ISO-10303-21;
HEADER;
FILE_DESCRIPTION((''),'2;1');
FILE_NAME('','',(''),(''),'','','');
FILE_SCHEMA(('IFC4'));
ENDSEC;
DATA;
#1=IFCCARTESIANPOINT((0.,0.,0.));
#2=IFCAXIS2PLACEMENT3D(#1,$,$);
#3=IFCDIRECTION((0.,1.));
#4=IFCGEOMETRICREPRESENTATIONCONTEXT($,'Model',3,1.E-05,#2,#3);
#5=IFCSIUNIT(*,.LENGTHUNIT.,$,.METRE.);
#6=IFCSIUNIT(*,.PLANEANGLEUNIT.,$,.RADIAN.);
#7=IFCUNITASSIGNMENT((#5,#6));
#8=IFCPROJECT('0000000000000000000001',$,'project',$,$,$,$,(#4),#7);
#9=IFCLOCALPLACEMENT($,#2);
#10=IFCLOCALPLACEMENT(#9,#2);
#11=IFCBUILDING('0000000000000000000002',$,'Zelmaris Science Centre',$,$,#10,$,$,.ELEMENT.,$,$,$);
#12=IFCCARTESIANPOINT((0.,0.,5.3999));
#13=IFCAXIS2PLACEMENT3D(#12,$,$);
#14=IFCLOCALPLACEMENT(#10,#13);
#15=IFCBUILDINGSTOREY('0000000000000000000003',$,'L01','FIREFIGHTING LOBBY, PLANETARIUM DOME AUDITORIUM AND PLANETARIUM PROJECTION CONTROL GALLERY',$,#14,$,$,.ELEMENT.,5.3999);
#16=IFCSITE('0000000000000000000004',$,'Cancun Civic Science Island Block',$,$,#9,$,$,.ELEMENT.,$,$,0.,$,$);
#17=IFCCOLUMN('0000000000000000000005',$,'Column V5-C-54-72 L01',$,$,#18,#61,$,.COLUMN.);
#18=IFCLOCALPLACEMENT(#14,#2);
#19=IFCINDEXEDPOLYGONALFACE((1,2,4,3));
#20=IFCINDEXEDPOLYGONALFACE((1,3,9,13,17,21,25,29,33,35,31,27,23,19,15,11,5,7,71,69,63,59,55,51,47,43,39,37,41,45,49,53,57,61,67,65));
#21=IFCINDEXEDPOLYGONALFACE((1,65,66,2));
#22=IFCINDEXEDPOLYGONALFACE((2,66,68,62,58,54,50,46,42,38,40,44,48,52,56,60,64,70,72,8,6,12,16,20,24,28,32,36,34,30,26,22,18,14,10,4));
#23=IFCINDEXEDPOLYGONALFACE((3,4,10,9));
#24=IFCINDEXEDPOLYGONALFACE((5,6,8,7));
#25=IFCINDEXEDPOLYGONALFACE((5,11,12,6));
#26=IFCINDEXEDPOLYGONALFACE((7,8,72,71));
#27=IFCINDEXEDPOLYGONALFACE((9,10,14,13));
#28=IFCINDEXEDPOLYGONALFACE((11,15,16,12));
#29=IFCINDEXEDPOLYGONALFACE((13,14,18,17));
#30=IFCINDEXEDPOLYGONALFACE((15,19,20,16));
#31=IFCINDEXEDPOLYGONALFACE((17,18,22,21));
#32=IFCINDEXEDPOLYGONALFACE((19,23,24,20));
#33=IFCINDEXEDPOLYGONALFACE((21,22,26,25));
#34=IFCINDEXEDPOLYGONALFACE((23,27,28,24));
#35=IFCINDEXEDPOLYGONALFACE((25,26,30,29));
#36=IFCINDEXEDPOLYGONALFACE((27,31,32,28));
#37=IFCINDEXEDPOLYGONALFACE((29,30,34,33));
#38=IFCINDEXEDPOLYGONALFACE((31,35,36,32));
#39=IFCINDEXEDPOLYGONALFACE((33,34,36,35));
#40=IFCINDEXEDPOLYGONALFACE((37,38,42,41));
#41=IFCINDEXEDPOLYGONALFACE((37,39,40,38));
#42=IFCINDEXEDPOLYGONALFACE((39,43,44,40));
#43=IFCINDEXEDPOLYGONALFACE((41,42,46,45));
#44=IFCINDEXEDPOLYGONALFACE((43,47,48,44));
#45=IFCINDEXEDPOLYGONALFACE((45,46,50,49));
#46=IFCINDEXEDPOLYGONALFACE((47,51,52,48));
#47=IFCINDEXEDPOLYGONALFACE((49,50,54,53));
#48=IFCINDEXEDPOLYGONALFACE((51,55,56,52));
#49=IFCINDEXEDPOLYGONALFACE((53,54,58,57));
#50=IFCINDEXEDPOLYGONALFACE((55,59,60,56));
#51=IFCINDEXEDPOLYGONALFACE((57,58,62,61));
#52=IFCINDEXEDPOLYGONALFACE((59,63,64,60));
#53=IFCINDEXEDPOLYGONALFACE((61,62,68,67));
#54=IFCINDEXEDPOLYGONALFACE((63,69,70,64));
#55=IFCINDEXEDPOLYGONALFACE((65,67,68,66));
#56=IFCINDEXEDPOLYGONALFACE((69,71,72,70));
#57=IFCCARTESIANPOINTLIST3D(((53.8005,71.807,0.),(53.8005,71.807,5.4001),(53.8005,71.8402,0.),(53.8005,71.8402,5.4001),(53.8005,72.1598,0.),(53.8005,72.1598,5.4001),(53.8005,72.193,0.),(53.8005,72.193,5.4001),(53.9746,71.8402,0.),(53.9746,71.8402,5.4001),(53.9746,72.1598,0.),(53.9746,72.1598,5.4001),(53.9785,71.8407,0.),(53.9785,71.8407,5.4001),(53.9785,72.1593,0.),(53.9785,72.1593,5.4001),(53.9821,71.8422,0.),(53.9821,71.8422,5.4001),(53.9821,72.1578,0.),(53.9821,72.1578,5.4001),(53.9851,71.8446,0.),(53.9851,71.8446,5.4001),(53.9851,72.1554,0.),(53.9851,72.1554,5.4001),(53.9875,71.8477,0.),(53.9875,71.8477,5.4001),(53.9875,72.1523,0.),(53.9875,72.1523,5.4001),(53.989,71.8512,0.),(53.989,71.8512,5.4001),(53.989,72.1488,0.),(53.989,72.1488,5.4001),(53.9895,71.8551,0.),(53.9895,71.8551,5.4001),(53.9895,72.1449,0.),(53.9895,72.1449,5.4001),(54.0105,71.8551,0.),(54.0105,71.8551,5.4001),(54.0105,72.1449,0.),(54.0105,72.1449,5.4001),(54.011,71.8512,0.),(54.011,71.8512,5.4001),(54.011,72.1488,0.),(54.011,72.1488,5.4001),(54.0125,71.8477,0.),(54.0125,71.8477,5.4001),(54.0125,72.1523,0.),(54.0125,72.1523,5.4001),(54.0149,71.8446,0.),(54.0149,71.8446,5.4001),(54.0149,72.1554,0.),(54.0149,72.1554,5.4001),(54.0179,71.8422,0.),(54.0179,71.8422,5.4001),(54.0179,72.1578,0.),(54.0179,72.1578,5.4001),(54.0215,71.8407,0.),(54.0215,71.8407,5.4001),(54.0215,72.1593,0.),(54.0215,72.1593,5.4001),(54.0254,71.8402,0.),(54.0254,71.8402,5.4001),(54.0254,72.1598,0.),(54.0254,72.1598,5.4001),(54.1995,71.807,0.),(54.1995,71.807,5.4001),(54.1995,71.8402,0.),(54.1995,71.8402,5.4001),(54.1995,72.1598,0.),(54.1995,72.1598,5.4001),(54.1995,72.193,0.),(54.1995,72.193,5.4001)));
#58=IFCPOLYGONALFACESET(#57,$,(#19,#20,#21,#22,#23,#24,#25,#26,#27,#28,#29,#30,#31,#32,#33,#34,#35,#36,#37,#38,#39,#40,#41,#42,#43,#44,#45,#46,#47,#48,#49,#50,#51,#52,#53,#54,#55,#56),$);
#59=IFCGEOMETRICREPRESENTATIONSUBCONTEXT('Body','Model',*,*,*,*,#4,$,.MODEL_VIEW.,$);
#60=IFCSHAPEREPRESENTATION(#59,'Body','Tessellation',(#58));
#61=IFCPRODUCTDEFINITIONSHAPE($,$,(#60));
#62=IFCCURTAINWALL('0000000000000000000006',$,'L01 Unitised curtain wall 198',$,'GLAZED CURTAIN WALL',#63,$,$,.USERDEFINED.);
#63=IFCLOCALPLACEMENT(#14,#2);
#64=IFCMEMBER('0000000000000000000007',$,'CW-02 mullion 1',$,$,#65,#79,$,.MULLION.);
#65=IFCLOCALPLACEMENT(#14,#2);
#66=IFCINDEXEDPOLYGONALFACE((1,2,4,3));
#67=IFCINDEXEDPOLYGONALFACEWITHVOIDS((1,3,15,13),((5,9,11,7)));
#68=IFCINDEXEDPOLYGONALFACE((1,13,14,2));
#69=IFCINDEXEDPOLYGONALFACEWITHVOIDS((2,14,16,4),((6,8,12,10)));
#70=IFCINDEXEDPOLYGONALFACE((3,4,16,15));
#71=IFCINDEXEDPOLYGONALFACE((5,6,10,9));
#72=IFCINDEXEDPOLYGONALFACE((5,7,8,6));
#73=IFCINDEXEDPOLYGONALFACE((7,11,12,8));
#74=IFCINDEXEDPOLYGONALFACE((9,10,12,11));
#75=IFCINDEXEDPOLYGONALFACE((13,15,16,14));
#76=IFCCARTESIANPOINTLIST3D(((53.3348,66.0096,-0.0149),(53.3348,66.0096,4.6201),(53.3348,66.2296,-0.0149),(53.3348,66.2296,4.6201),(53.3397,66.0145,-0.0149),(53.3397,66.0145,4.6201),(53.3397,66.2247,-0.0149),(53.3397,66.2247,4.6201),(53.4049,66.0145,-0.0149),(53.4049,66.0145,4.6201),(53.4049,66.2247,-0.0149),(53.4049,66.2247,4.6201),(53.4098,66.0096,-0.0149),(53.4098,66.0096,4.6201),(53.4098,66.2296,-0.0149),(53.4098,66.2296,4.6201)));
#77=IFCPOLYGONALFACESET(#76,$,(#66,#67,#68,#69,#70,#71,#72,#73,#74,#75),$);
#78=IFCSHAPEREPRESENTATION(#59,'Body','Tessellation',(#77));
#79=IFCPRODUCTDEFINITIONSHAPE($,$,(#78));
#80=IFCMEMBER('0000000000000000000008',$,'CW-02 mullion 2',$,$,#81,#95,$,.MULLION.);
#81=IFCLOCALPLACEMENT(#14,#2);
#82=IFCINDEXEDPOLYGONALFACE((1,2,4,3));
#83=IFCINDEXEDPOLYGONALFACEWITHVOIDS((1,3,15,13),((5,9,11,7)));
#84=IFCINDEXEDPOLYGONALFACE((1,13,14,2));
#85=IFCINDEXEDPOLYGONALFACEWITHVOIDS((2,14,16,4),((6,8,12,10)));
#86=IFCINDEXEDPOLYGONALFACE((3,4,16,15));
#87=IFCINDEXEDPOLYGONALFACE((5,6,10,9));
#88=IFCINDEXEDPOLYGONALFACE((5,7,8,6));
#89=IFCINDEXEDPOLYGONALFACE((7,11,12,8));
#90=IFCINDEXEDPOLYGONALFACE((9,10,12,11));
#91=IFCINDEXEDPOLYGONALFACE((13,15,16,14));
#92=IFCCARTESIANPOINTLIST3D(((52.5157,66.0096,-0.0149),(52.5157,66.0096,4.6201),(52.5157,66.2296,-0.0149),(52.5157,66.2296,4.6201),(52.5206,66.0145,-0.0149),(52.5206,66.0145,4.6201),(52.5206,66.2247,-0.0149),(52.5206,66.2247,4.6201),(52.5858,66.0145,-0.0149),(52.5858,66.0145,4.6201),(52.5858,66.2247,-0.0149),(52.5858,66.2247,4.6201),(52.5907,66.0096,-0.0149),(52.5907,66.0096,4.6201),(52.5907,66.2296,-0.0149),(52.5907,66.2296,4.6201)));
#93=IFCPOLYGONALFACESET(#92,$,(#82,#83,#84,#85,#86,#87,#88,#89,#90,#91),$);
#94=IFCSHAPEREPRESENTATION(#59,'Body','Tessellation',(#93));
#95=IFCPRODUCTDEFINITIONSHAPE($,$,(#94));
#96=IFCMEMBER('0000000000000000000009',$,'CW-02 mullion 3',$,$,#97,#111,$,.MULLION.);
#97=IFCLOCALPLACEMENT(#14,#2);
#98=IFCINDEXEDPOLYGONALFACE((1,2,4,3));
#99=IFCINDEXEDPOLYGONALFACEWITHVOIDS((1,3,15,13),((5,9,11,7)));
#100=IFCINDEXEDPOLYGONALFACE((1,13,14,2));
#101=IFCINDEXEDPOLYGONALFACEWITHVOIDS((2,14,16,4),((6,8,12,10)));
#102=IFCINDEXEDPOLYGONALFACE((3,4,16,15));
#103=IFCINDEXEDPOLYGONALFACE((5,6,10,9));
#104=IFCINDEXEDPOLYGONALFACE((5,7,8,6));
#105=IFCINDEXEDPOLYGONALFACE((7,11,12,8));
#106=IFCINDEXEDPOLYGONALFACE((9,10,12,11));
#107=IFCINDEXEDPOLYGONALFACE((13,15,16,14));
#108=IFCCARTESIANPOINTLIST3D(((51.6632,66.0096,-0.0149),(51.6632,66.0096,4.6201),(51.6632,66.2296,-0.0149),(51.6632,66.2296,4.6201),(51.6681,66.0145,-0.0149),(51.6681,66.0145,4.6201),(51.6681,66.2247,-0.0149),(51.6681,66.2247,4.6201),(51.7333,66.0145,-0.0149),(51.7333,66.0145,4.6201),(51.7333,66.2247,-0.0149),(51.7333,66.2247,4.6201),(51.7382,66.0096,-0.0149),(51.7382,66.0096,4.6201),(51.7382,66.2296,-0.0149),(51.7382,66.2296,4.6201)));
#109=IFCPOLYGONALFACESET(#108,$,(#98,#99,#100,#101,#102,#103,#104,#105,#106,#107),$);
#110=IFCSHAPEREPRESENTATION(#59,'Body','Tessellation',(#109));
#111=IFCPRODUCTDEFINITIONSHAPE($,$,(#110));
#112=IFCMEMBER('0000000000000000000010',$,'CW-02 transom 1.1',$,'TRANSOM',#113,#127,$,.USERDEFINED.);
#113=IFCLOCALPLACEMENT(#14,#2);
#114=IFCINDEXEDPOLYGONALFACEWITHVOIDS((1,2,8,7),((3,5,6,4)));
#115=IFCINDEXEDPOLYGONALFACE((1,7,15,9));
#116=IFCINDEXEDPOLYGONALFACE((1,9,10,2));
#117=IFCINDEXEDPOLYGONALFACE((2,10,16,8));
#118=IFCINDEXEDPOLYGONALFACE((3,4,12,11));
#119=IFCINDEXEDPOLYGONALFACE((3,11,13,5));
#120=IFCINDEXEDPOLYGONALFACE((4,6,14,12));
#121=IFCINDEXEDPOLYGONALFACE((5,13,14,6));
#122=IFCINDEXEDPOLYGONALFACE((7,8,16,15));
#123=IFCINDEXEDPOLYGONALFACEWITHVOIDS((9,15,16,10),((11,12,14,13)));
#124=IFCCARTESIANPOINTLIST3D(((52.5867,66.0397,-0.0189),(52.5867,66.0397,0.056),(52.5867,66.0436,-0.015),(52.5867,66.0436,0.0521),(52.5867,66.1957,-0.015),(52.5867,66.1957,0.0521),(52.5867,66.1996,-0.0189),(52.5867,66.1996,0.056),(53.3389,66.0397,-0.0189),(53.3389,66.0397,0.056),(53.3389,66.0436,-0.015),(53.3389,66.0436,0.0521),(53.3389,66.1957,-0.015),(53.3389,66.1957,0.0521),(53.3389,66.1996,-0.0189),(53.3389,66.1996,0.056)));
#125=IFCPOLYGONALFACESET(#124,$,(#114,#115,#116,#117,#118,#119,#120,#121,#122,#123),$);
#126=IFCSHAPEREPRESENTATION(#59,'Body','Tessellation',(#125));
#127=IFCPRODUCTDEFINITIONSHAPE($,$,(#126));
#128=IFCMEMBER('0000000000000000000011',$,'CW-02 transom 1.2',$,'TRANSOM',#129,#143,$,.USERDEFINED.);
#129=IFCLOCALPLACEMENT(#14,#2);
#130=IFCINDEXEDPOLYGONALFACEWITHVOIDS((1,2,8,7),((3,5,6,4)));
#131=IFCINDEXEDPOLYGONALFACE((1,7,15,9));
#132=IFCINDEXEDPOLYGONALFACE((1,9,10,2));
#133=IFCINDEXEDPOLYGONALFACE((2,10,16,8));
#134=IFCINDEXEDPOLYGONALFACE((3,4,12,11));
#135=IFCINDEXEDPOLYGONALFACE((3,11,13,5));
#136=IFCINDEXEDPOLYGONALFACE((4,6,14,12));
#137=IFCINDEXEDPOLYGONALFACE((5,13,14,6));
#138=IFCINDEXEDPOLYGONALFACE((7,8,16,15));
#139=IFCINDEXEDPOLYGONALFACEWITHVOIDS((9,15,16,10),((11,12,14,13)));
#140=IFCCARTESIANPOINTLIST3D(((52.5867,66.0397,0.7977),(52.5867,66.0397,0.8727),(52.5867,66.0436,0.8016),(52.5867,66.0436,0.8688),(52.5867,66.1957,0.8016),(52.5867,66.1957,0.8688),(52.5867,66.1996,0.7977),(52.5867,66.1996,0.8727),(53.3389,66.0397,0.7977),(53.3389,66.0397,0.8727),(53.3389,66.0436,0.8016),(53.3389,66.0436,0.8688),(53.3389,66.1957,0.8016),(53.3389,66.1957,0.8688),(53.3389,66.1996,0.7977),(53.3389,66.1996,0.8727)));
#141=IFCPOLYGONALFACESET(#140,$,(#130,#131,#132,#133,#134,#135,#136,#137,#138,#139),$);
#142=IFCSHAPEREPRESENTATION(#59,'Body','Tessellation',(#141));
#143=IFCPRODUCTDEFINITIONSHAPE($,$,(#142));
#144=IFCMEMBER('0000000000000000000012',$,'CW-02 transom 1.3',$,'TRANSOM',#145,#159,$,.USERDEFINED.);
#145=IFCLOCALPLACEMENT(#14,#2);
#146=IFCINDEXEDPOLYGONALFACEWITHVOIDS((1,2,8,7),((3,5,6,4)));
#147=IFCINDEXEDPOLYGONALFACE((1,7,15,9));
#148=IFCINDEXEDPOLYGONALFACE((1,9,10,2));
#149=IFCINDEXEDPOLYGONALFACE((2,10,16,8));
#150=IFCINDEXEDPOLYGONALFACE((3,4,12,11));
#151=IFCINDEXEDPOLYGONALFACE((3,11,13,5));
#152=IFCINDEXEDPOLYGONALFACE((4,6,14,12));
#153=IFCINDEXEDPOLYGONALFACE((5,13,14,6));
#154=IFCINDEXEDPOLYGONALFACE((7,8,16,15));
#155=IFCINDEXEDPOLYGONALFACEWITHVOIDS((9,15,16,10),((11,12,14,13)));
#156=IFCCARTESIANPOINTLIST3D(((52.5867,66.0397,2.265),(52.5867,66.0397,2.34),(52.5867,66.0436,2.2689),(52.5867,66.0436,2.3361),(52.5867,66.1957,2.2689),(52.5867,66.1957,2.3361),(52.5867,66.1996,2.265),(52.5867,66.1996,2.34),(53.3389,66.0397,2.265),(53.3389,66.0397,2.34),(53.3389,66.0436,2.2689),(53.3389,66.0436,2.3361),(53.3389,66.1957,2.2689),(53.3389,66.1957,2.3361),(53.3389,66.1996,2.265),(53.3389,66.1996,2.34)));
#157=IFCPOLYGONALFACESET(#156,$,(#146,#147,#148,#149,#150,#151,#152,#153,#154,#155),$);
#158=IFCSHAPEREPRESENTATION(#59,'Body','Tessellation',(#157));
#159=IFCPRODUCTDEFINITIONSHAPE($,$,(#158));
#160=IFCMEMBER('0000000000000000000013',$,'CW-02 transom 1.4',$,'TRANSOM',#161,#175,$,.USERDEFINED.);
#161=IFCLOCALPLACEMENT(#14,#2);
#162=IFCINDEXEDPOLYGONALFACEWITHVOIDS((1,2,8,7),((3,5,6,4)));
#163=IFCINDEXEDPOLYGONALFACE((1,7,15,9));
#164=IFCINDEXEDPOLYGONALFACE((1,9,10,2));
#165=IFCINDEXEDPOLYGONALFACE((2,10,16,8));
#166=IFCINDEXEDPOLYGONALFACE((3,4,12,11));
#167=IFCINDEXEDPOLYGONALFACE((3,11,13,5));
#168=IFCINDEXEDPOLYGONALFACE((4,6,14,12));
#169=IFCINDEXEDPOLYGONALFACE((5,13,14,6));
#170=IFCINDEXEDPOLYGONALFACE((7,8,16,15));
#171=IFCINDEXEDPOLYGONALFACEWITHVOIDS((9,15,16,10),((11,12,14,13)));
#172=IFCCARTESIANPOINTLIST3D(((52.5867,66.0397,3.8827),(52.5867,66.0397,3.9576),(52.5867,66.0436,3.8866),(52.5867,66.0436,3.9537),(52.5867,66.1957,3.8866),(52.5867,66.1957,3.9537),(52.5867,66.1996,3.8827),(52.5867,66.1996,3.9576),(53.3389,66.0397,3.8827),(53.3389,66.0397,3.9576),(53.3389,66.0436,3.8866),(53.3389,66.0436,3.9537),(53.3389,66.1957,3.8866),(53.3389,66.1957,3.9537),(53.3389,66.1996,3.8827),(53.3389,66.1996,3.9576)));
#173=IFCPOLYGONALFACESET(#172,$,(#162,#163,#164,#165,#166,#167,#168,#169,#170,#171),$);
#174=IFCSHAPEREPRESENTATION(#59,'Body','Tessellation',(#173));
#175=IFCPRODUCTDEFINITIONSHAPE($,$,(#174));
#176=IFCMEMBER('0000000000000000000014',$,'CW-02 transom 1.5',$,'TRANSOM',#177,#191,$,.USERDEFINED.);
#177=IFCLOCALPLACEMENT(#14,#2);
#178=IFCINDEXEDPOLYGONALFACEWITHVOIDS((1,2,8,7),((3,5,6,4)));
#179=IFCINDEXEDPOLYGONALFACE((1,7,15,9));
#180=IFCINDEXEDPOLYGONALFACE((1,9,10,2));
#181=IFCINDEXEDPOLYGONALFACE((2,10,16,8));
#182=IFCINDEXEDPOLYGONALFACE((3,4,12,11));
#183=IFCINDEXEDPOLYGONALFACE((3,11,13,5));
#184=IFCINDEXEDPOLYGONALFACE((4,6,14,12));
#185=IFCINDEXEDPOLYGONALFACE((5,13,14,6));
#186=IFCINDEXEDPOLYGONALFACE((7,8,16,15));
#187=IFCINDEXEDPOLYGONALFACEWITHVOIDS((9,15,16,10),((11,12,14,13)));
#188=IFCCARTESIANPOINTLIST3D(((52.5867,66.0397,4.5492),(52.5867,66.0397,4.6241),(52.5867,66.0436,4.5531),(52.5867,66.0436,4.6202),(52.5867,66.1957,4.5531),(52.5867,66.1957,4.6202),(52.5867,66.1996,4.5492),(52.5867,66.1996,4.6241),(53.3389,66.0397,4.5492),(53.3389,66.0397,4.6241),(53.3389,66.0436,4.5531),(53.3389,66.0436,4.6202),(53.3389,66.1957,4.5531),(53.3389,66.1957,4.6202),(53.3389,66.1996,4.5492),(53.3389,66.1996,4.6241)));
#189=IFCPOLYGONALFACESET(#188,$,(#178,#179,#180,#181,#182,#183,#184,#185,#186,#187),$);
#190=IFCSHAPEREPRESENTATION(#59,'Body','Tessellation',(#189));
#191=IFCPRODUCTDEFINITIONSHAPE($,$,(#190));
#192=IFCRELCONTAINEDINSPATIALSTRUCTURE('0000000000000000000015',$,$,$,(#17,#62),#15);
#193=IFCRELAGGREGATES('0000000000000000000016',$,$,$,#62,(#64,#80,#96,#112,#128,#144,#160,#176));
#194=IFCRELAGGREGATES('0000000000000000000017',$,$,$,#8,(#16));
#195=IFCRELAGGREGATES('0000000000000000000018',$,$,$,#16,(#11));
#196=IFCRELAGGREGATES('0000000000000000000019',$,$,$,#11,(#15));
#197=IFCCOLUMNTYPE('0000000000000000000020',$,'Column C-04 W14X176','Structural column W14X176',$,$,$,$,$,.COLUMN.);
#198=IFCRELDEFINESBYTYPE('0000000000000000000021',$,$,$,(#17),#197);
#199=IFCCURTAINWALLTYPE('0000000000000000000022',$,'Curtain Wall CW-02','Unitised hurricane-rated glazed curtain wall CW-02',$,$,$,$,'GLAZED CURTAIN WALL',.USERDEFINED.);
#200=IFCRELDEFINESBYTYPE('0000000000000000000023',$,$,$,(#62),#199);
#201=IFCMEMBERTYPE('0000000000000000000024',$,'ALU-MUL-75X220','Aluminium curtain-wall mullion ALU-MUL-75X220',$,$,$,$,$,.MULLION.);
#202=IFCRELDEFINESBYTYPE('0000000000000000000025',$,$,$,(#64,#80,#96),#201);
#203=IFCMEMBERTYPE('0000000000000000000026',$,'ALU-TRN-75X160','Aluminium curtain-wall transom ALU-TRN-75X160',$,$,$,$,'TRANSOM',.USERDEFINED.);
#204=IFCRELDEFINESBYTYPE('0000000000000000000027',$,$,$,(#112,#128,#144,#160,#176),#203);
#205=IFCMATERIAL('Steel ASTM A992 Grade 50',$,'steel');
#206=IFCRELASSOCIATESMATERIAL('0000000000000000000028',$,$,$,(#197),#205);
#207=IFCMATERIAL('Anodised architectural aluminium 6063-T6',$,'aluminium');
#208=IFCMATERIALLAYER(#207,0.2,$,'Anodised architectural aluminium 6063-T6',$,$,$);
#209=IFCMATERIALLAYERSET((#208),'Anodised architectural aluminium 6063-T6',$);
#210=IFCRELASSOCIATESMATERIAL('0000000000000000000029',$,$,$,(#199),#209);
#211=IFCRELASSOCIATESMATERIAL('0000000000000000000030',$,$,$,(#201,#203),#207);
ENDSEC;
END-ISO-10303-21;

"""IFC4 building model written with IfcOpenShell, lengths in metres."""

from ifc_helpers import new_model, si_unit, direction, frame, origin, origin_2d, place, context, subcontext, project, spatial, hollow_rectangle, i_section, extrude, material, layer, layer_set, material_profile, profile_set, type_object, element, aggregate, save


model = new_model("IFC4")

# Units and contexts
model_context = context("Model", 3, precision=1e-05, world=origin(), true_north=direction((0.0, 1.0)))
body_context = subcontext(model_context, "Body", "Model", "MODEL_VIEW")
ifc_project = project(units=[si_unit("LENGTHUNIT", "METRE"), si_unit("PLANEANGLEUNIT", "RADIAN")], contexts=[model_context])

# Site, building, storey
site_placement = place(None, origin())
site = spatial("IfcSite", under=ifc_project, at=site_placement, Name="Cancun Civic Science Island Block", CompositionType="ELEMENT", RefElevation=0.0)
building_placement = place(site_placement, origin())
building = spatial("IfcBuilding", under=site, at=building_placement, Name="Zelmaris Science Centre", CompositionType="ELEMENT")
storey_placement = place(building_placement, frame((0.0, 0.0, 5.3999)))
storey = spatial("IfcBuildingStorey", under=building, at=storey_placement, Name="L01", Description="FIREFIGHTING LOBBY, PLANETARIUM DOME AUDITORIUM AND PLANETARIUM PROJECTION CONTROL GALLERY", CompositionType="ELEMENT", Elevation=5.3999)

# Column
ifc_material_1 = material(Name="Steel ASTM A992 Grade 50", Category="steel")
ifc_material_profile_1 = material_profile(ifc_material_1, i_section(OverallWidth=0.3989, OverallDepth=0.386, WebThickness=0.021, FlangeThickness=0.0332, FilletRadius=0.0149, at=origin_2d()), Name="W14X176")
ifc_profile_set_1 = profile_set([ifc_material_profile_1], Name="Steel ASTM A992 Grade 50")
column_type = type_object("IfcColumnType", Name="Column C-04 W14X176", Description="Structural column W14X176", PredefinedType="COLUMN", material=ifc_profile_set_1)
column_placement = place(storey_placement, frame((54.0, 72.0, 0.0), z_axis=(0.0, 0.0, 1.0), x_axis=(1.0, 0.0, 0.0)))
element("IfcColumn", 1, at=column_placement, inside=storey, type_object=column_type, Name="Column V5-C-54-72 L01", PredefinedType="COLUMN", context=body_context, shape_type="SweptSolid", body=[
    extrude(i_section(OverallWidth=0.3989, OverallDepth=0.386, WebThickness=0.021, FlangeThickness=0.0332, FilletRadius=0.0149, at=origin_2d()), origin(), (0.0, 0.0, 1.0), 5.4001),
])

# Curtain wall, members
ifc_material_2 = material(Name="Anodised architectural aluminium 6063-T6", Category="aluminium")
ifc_layer_1 = layer(ifc_material_2, 0.2, Name="Anodised architectural aluminium 6063-T6")
ifc_layer_set_1 = layer_set([ifc_layer_1], Name="Anodised architectural aluminium 6063-T6")
curtain_wall_type = type_object("IfcCurtainWallType", Name="Curtain Wall CW-02", Description="Unitised hurricane-rated glazed curtain wall CW-02", ElementType="GLAZED CURTAIN WALL", PredefinedType="USERDEFINED", material=ifc_layer_set_1)
curtain_wall_placement = place(storey_placement, origin())
curtain_wall = element("IfcCurtainWall", 2, at=curtain_wall_placement, inside=storey, type_object=curtain_wall_type, Name="L01 Unitised curtain wall 198", ObjectType="GLAZED CURTAIN WALL", PredefinedType="USERDEFINED")
ifc_material_profile_2 = material_profile(ifc_material_2, hollow_rectangle(XDim=0.075, YDim=0.22, WallThickness=0.0049, at=origin_2d()), Name="ALU-MUL-75X220")
ifc_profile_set_2 = profile_set([ifc_material_profile_2], Name="Anodised architectural aluminium 6063-T6")
member_type_1 = type_object("IfcMemberType", Name="ALU-MUL-75X220", Description="Aluminium curtain-wall mullion ALU-MUL-75X220", PredefinedType="MULLION", material=ifc_profile_set_2)
member_1_placement = place(storey_placement, frame((53.3723, 66.1196, -0.0149), z_axis=(0.0, 0.0, 1.0), x_axis=(-1.0, 0.0, 0.0)))
member_1 = element("IfcMember", 3, at=member_1_placement, type_object=member_type_1, Name="CW-02 mullion 1", PredefinedType="MULLION", context=body_context, shape_type="SweptSolid", body=[
    extrude(hollow_rectangle(XDim=0.075, YDim=0.22, WallThickness=0.0049, at=origin_2d()), origin(), (0.0, 0.0, 1.0), 4.635),
])
member_2_placement = place(storey_placement, frame((52.5532, 66.1196, -0.0149), z_axis=(0.0, 0.0, 1.0), x_axis=(-1.0, 0.0, 0.0)))
member_2 = element("IfcMember", 4, at=member_2_placement, type_object=member_type_1, Name="CW-02 mullion 2", PredefinedType="MULLION", context=body_context, shape_type="SweptSolid", body=[
    extrude(hollow_rectangle(XDim=0.075, YDim=0.22, WallThickness=0.0049, at=origin_2d()), origin(), (0.0, 0.0, 1.0), 4.635),
])
member_3_placement = place(storey_placement, frame((51.7007, 66.1196, -0.0149), z_axis=(0.0, 0.0, 1.0), x_axis=(-1.0, 0.0, 0.0)))
member_3 = element("IfcMember", 5, at=member_3_placement, type_object=member_type_1, Name="CW-02 mullion 3", PredefinedType="MULLION", context=body_context, shape_type="SweptSolid", body=[
    extrude(hollow_rectangle(XDim=0.075, YDim=0.22, WallThickness=0.0049, at=origin_2d()), origin(), (0.0, 0.0, 1.0), 4.635),
])
ifc_material_profile_3 = material_profile(ifc_material_2, hollow_rectangle(XDim=0.075, YDim=0.1599, WallThickness=0.0039, at=origin_2d()), Name="ALU-TRN-75X160")
ifc_profile_set_3 = profile_set([ifc_material_profile_3], Name="Anodised architectural aluminium 6063-T6")
member_type_2 = type_object("IfcMemberType", Name="ALU-TRN-75X160", Description="Aluminium curtain-wall transom ALU-TRN-75X160", ElementType="TRANSOM", PredefinedType="USERDEFINED", material=ifc_profile_set_3)
member_4_placement = place(storey_placement, frame((53.3389, 66.1196, 0.0186), z_axis=(-1.0, 0.0, 0.0), x_axis=(0.0, 0.0, 1.0)))
member_4 = element("IfcMember", 6, at=member_4_placement, type_object=member_type_2, Name="CW-02 transom 1.1", ObjectType="TRANSOM", PredefinedType="USERDEFINED", context=body_context, shape_type="SweptSolid", body=[
    extrude(hollow_rectangle(XDim=0.075, YDim=0.1599, WallThickness=0.0039, at=origin_2d()), origin(), (0.0, 0.0, 1.0), 0.7522),
])
member_5_placement = place(storey_placement, frame((53.3389, 66.1196, 0.8352), z_axis=(-1.0, 0.0, 0.0), x_axis=(0.0, 0.0, 1.0)))
member_5 = element("IfcMember", 7, at=member_5_placement, type_object=member_type_2, Name="CW-02 transom 1.2", ObjectType="TRANSOM", PredefinedType="USERDEFINED", context=body_context, shape_type="SweptSolid", body=[
    extrude(hollow_rectangle(XDim=0.075, YDim=0.1599, WallThickness=0.0039, at=origin_2d()), origin(), (0.0, 0.0, 1.0), 0.7522),
])
member_6_placement = place(storey_placement, frame((53.3389, 66.1196, 2.3025), z_axis=(-1.0, 0.0, 0.0), x_axis=(0.0, 0.0, 1.0)))
member_6 = element("IfcMember", 8, at=member_6_placement, type_object=member_type_2, Name="CW-02 transom 1.3", ObjectType="TRANSOM", PredefinedType="USERDEFINED", context=body_context, shape_type="SweptSolid", body=[
    extrude(hollow_rectangle(XDim=0.075, YDim=0.1599, WallThickness=0.0039, at=origin_2d()), origin(), (0.0, 0.0, 1.0), 0.7522),
])
member_7_placement = place(storey_placement, frame((53.3389, 66.1196, 3.9202), z_axis=(-1.0, 0.0, 0.0), x_axis=(0.0, 0.0, 1.0)))
member_7 = element("IfcMember", 9, at=member_7_placement, type_object=member_type_2, Name="CW-02 transom 1.4", ObjectType="TRANSOM", PredefinedType="USERDEFINED", context=body_context, shape_type="SweptSolid", body=[
    extrude(hollow_rectangle(XDim=0.075, YDim=0.1599, WallThickness=0.0039, at=origin_2d()), origin(), (0.0, 0.0, 1.0), 0.7522),
])
member_8_placement = place(storey_placement, frame((53.3389, 66.1196, 4.5867), z_axis=(-1.0, 0.0, 0.0), x_axis=(0.0, 0.0, 1.0)))
member_8 = element("IfcMember", 10, at=member_8_placement, type_object=member_type_2, Name="CW-02 transom 1.5", ObjectType="TRANSOM", PredefinedType="USERDEFINED", context=body_context, shape_type="SweptSolid", body=[
    extrude(hollow_rectangle(XDim=0.075, YDim=0.1599, WallThickness=0.0039, at=origin_2d()), origin(), (0.0, 0.0, 1.0), 0.7522),
])

aggregate(curtain_wall, [member_1, member_2, member_3, member_4, member_5, member_6, member_7, member_8])

save(model, "model.ifc")
